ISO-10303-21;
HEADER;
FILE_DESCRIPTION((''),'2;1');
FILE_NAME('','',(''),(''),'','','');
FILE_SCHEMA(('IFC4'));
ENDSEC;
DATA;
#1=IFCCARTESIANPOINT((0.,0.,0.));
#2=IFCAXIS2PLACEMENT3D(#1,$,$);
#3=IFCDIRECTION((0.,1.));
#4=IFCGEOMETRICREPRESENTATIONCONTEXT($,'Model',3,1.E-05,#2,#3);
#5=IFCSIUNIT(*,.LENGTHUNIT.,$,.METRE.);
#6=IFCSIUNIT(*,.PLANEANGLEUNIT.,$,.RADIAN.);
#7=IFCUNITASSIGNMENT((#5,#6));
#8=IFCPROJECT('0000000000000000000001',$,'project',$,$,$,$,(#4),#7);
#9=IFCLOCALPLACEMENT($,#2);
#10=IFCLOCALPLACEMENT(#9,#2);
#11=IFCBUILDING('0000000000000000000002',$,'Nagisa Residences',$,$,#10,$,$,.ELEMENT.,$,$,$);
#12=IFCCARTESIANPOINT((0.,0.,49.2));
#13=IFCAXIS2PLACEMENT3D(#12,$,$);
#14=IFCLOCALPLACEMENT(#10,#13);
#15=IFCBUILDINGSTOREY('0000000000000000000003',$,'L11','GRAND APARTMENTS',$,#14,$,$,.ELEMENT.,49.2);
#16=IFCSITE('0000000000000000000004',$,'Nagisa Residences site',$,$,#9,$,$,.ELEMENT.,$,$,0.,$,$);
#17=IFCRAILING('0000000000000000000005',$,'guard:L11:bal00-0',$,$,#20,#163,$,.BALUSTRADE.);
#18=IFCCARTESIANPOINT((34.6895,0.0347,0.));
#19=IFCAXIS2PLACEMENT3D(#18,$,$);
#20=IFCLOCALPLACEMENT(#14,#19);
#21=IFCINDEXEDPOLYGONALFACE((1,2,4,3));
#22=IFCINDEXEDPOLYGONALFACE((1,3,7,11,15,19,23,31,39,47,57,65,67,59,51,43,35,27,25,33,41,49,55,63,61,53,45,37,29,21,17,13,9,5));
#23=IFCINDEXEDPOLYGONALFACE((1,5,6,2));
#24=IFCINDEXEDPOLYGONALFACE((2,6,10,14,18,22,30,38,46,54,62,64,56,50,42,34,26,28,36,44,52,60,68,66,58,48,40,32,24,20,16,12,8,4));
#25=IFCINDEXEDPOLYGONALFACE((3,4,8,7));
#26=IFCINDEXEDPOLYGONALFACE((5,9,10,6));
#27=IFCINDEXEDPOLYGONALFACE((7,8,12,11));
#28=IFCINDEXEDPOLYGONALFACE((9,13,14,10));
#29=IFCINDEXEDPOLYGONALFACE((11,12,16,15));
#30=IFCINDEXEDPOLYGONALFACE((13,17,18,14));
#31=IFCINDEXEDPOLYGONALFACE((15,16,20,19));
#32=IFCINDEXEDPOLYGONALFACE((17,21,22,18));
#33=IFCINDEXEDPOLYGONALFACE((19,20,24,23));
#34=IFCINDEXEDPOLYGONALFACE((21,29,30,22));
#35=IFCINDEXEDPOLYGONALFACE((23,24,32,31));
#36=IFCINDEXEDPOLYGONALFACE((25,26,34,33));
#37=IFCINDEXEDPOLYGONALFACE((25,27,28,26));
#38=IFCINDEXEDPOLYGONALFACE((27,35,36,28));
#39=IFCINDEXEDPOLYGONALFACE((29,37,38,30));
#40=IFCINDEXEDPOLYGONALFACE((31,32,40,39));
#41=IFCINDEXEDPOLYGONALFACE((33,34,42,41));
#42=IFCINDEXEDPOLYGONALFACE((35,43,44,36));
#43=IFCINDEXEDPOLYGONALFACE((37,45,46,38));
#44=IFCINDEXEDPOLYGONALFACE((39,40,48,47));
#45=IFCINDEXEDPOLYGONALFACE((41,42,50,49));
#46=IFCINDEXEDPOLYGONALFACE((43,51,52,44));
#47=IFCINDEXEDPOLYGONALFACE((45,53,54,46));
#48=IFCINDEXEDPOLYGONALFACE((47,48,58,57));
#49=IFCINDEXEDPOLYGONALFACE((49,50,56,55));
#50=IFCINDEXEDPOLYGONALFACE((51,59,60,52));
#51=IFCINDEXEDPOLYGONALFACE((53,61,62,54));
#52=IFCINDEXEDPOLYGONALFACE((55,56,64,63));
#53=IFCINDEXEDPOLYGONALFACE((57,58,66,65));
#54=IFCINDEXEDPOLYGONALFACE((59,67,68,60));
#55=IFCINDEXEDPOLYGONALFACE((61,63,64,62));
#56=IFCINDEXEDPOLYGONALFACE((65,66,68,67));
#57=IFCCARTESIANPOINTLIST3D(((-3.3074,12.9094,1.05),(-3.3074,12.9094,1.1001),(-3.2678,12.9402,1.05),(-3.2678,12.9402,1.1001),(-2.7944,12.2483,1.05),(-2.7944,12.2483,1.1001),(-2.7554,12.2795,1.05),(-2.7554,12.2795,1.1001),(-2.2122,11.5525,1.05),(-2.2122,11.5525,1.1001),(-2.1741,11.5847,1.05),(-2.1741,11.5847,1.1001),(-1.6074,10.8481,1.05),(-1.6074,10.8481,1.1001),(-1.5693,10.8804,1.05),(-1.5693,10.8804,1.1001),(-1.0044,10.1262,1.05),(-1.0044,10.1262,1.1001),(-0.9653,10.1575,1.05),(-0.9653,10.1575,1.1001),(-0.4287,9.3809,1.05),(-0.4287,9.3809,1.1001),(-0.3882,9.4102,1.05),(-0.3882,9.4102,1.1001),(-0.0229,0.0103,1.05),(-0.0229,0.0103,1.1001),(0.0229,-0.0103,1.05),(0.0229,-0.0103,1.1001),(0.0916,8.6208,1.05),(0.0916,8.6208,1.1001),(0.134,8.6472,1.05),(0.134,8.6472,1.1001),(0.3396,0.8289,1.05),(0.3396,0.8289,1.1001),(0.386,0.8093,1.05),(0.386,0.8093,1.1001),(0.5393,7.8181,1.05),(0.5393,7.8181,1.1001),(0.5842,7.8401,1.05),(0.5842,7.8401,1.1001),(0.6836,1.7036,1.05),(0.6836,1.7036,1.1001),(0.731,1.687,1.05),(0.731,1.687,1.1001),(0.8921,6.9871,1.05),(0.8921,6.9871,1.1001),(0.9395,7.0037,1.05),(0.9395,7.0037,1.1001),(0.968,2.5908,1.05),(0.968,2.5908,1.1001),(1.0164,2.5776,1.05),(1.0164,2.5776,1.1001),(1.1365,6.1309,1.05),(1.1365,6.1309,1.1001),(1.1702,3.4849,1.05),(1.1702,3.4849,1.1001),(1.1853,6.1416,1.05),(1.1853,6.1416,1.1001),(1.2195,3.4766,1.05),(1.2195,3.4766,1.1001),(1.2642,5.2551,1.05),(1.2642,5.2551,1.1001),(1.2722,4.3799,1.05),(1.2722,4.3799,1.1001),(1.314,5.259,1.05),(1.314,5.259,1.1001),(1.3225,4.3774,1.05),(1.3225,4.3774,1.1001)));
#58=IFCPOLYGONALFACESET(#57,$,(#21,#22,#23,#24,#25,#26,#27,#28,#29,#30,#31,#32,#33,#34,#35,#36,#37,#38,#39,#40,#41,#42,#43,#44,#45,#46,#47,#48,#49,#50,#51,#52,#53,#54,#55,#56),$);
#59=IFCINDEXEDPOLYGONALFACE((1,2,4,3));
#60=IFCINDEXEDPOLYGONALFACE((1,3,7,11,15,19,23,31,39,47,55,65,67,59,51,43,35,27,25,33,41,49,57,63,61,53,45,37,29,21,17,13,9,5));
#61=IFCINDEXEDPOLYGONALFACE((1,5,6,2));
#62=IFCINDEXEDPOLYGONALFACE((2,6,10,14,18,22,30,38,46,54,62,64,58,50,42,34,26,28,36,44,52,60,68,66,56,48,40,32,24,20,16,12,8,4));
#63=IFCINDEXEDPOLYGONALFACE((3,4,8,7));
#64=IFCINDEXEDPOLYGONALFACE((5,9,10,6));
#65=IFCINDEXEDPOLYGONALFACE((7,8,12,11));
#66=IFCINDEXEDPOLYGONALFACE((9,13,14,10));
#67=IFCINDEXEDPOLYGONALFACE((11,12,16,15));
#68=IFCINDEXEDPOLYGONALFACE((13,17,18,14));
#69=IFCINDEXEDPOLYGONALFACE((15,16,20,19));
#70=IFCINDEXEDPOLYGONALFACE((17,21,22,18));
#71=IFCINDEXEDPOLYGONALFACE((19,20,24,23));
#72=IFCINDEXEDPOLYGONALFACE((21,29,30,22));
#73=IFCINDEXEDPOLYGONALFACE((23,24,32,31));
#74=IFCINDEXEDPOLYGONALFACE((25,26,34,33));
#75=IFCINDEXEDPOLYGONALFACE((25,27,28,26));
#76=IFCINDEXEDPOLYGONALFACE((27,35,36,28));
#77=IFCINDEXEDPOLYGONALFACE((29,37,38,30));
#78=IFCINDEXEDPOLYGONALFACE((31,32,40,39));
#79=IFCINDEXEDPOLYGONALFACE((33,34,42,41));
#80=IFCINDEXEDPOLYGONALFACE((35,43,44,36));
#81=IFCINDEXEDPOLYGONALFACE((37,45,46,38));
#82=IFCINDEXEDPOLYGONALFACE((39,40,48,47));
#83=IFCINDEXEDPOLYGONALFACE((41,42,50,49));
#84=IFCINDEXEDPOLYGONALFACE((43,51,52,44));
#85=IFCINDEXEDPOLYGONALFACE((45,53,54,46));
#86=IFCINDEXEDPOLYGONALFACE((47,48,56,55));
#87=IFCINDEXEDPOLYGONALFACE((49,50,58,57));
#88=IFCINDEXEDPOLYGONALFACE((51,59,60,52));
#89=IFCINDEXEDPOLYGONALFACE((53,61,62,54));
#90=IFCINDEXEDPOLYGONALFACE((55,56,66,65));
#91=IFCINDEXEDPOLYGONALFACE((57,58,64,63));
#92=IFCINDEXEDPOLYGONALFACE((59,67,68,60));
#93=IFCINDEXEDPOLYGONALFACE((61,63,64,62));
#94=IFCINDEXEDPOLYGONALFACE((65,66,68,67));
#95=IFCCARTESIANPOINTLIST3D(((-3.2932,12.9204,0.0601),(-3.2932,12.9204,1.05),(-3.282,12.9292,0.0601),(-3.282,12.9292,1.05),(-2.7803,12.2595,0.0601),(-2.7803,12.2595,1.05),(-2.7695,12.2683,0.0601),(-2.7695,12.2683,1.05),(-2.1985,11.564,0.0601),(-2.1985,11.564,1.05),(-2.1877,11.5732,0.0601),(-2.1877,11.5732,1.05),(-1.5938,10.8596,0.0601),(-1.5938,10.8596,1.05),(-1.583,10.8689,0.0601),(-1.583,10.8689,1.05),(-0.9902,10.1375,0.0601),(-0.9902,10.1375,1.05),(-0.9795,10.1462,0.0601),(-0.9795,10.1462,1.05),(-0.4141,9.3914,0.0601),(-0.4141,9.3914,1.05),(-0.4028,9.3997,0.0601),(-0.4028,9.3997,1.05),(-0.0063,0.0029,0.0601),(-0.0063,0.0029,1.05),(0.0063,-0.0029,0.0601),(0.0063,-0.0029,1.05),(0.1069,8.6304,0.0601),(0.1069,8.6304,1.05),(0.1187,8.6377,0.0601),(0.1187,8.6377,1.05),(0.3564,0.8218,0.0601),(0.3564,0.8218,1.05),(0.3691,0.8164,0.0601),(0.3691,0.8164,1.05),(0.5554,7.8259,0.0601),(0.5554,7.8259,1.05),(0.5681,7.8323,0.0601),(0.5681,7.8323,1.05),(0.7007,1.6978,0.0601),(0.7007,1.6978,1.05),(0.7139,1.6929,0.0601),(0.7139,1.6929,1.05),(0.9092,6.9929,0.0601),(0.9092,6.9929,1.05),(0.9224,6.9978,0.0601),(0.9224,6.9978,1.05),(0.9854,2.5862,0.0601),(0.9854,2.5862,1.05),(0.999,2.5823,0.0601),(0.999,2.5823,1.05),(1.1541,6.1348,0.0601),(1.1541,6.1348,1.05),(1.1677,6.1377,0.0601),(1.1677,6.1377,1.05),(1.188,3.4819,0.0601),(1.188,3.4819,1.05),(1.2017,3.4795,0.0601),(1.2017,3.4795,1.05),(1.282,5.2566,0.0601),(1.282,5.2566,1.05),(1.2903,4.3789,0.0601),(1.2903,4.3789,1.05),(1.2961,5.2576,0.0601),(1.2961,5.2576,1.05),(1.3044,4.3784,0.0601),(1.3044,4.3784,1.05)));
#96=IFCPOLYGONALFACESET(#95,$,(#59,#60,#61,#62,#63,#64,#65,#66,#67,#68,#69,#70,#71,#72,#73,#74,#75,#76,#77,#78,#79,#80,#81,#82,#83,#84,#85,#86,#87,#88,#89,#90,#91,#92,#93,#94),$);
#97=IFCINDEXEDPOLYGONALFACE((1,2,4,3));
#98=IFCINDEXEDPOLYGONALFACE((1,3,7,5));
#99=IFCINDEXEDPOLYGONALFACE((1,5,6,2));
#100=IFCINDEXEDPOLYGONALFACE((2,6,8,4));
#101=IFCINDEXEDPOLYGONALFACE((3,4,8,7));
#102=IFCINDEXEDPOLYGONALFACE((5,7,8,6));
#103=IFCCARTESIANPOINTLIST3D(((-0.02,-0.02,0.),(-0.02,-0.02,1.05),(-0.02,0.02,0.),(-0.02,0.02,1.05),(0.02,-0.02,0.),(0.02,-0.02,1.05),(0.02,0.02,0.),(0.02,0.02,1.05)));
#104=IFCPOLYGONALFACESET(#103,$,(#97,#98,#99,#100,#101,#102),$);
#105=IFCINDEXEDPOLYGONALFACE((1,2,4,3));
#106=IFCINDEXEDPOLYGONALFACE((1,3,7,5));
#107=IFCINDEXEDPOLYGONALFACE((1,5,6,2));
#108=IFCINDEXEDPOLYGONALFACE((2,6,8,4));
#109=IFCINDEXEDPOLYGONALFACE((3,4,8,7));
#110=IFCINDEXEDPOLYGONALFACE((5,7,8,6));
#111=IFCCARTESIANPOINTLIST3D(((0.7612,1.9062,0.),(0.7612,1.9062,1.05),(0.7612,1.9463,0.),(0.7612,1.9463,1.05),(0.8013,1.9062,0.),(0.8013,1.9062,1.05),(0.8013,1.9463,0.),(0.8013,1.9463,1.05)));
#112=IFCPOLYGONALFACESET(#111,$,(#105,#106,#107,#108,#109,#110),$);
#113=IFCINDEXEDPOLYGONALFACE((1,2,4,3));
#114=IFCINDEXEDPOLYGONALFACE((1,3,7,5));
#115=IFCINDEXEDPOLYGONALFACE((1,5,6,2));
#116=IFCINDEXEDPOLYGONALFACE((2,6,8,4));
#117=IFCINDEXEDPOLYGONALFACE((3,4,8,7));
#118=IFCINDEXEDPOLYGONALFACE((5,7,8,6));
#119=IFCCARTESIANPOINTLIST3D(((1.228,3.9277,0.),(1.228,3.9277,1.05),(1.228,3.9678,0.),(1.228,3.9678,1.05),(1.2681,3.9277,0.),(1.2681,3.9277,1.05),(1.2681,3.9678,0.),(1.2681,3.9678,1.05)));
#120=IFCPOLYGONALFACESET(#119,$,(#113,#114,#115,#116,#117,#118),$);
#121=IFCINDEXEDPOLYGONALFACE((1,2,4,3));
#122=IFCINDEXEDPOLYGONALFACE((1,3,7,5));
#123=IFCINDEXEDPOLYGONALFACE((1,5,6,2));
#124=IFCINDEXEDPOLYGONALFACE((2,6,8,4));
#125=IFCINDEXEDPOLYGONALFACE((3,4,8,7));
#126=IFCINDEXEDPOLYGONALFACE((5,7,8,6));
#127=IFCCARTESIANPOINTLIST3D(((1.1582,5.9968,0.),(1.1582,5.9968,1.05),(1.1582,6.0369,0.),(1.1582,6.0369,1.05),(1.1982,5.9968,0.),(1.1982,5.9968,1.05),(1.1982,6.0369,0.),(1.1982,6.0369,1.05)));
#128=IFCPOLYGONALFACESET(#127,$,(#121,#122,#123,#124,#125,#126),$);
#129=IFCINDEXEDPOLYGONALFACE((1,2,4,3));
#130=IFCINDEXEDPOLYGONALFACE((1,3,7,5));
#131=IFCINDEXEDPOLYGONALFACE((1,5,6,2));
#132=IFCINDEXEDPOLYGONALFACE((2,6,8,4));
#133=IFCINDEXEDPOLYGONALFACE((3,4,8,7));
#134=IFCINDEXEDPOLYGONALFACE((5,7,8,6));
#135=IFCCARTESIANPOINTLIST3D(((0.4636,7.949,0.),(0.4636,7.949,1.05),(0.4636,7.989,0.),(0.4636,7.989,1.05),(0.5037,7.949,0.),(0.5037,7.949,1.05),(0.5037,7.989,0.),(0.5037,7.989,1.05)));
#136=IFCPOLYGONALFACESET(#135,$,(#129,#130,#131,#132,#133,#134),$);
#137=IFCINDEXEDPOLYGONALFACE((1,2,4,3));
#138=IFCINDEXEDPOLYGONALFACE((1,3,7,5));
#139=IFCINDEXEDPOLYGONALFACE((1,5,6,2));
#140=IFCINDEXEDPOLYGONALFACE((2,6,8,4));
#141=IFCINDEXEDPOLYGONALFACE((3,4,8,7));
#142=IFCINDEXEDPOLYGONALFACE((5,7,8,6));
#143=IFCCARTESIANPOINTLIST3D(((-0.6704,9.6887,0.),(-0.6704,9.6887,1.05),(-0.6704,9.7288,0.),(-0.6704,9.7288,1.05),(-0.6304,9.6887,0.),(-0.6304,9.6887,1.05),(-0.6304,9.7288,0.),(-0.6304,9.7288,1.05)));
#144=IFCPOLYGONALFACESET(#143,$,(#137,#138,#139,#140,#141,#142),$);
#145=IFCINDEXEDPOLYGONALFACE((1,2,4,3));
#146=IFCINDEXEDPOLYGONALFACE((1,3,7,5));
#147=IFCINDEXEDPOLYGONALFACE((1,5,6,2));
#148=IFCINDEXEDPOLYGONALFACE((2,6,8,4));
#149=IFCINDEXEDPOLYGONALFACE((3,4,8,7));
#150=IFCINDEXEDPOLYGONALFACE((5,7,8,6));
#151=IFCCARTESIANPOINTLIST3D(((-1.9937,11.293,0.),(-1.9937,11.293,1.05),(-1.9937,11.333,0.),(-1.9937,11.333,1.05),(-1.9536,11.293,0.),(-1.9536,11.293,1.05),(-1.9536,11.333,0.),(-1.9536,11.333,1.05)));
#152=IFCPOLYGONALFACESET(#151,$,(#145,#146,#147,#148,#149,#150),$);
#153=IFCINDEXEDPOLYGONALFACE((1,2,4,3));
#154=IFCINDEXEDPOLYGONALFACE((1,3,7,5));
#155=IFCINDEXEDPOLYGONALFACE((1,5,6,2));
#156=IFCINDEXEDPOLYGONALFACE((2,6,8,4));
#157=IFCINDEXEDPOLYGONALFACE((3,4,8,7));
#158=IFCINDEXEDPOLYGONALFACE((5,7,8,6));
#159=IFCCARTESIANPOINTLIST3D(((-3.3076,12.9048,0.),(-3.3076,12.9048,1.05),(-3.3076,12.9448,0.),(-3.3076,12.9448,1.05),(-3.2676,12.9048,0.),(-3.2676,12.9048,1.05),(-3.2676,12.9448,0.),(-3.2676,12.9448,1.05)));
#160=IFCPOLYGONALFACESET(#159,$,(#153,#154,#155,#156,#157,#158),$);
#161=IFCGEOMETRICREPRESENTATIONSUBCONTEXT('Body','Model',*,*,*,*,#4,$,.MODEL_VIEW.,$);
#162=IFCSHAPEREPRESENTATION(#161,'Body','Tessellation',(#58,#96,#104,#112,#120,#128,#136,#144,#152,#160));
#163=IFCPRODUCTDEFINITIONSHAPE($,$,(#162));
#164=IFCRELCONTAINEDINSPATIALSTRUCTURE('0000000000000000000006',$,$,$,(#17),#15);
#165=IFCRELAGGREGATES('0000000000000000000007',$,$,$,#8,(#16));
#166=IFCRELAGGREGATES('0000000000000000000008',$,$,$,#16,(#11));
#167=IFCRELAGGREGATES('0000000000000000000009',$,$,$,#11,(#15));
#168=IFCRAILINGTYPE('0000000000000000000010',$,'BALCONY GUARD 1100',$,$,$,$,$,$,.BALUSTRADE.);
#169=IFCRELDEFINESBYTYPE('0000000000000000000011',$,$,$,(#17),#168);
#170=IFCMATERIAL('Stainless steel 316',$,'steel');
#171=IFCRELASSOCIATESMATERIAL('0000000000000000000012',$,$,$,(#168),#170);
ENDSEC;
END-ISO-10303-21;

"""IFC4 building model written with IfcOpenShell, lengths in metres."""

from ifc_helpers import new_model, si_unit, direction, frame, origin, origin_2d, place, context, subcontext, project, spatial, polyline, rectangle, outline, extrude, material, type_object, element, save


model = new_model("IFC4")

# Units and contexts
model_context = context("Model", 3, precision=1e-05, world=origin(), true_north=direction((0.0, 1.0)))
body_context = subcontext(model_context, "Body", "Model", "MODEL_VIEW")
ifc_project = project(units=[si_unit("LENGTHUNIT", "METRE"), si_unit("PLANEANGLEUNIT", "RADIAN")], contexts=[model_context])

# Site, building, storey
site_placement = place(None, origin())
site = spatial("IfcSite", under=ifc_project, at=site_placement, Name="Nagisa Residences site", CompositionType="ELEMENT", RefElevation=0.0)
building_placement = place(site_placement, origin())
building = spatial("IfcBuilding", under=site, at=building_placement, Name="Nagisa Residences", CompositionType="ELEMENT")
storey_placement = place(building_placement, frame((0.0, 0.0, 49.2)))
storey = spatial("IfcBuildingStorey", under=building, at=storey_placement, Name="L11", Description="GRAND APARTMENTS", CompositionType="ELEMENT", Elevation=49.2)

# Railing
ifc_material_1 = material(Name="Stainless steel 316", Category="steel")
railing_type = type_object("IfcRailingType", Name="BALCONY GUARD 1100", PredefinedType="BALUSTRADE", material=ifc_material_1)
railing_1_placement = place(storey_placement, frame((34.6895, 0.0347, 0.0)))
element("IfcRailing", 1, at=railing_1_placement, inside=storey, type_object=railing_type, Name="guard:L11:bal00-0", PredefinedType="BALUSTRADE", context=body_context, shape_type="SweptSolid", body=[
    extrude(outline(polyline([(0.3396, 0.8289), (-0.0229, 0.0103), (0.0229, -0.0103), (0.386, 0.8093), (0.731, 1.687), (1.0164, 2.5776), (1.2195, 3.4766), (1.3225, 4.3774), (1.314, 5.259), (1.1853, 6.1416), (0.9395, 7.0037), (0.5842, 7.8401), (0.134, 8.6472), (-0.3882, 9.4102), (-0.9653, 10.1575), (-1.5693, 10.8804), (-2.1741, 11.5847), (-2.7554, 12.2795), (-3.2678, 12.9402), (-3.3074, 12.9094), (-2.7944, 12.2483), (-2.2122, 11.5525), (-1.6074, 10.8481), (-1.0044, 10.1262), (-0.4287, 9.3809), (0.0916, 8.6208), (0.5393, 7.8181), (0.8921, 6.9871), (1.1365, 6.1309), (1.2642, 5.2551), (1.2722, 4.3799), (1.1702, 3.4849), (0.968, 2.5908), (0.6836, 1.7036), (0.3396, 0.8289)])), frame((0.0, 0.0, 1.05)), (0.0, 0.0, 1.0), 0.05),
    extrude(outline(polyline([(0.3564, 0.8218), (-0.0063, 0.0029), (0.0063, -0.0029), (0.3691, 0.8164), (0.7139, 1.6929), (0.999, 2.5823), (1.2017, 3.4795), (1.3044, 4.3784), (1.2961, 5.2576), (1.1677, 6.1377), (0.9224, 6.9978), (0.5681, 7.8323), (0.1187, 8.6377), (-0.4028, 9.3997), (-0.9795, 10.1462), (-1.583, 10.8689), (-2.1877, 11.5732), (-2.7695, 12.2683), (-3.282, 12.9292), (-3.2932, 12.9204), (-2.7803, 12.2595), (-2.1985, 11.564), (-1.5938, 10.8596), (-0.9902, 10.1375), (-0.4141, 9.3914), (0.1069, 8.6304), (0.5554, 7.8259), (0.9092, 6.9929), (1.1541, 6.1348), (1.282, 5.2566), (1.2903, 4.3789), (1.188, 3.4819), (0.9854, 2.5862), (0.7007, 1.6978), (0.3564, 0.8218)])), frame((0.0, 0.0, 0.0601)), (0.0, 0.0, 1.0), 0.99),
    extrude(rectangle(XDim=0.04, YDim=0.04, at=origin_2d()), origin(), (0.0, 0.0, 1.0), 1.05),
    extrude(rectangle(XDim=0.04, YDim=0.04, at=origin_2d()), frame((0.7812, 1.9263, 0.0)), (0.0, 0.0, 1.0), 1.05),
    extrude(rectangle(XDim=0.04, YDim=0.04, at=origin_2d()), frame((1.248, 3.9478, 0.0)), (0.0, 0.0, 1.0), 1.05),
    extrude(rectangle(XDim=0.04, YDim=0.04, at=origin_2d()), frame((1.1782, 6.0168, 0.0)), (0.0, 0.0, 1.0), 1.05),
    extrude(rectangle(XDim=0.04, YDim=0.04, at=origin_2d()), frame((0.4836, 7.969, 0.0)), (0.0, 0.0, 1.0), 1.05),
    extrude(rectangle(XDim=0.04, YDim=0.04, at=origin_2d()), frame((-0.6504, 9.7087, 0.0)), (0.0, 0.0, 1.0), 1.05),
    extrude(rectangle(XDim=0.04, YDim=0.04, at=origin_2d()), frame((-1.9736, 11.313, 0.0)), (0.0, 0.0, 1.0), 1.05),
    extrude(rectangle(XDim=0.04, YDim=0.04, at=origin_2d()), frame((-3.2876, 12.9248, 0.0)), (0.0, 0.0, 1.0), 1.05),
])

save(model, "model.ifc")
